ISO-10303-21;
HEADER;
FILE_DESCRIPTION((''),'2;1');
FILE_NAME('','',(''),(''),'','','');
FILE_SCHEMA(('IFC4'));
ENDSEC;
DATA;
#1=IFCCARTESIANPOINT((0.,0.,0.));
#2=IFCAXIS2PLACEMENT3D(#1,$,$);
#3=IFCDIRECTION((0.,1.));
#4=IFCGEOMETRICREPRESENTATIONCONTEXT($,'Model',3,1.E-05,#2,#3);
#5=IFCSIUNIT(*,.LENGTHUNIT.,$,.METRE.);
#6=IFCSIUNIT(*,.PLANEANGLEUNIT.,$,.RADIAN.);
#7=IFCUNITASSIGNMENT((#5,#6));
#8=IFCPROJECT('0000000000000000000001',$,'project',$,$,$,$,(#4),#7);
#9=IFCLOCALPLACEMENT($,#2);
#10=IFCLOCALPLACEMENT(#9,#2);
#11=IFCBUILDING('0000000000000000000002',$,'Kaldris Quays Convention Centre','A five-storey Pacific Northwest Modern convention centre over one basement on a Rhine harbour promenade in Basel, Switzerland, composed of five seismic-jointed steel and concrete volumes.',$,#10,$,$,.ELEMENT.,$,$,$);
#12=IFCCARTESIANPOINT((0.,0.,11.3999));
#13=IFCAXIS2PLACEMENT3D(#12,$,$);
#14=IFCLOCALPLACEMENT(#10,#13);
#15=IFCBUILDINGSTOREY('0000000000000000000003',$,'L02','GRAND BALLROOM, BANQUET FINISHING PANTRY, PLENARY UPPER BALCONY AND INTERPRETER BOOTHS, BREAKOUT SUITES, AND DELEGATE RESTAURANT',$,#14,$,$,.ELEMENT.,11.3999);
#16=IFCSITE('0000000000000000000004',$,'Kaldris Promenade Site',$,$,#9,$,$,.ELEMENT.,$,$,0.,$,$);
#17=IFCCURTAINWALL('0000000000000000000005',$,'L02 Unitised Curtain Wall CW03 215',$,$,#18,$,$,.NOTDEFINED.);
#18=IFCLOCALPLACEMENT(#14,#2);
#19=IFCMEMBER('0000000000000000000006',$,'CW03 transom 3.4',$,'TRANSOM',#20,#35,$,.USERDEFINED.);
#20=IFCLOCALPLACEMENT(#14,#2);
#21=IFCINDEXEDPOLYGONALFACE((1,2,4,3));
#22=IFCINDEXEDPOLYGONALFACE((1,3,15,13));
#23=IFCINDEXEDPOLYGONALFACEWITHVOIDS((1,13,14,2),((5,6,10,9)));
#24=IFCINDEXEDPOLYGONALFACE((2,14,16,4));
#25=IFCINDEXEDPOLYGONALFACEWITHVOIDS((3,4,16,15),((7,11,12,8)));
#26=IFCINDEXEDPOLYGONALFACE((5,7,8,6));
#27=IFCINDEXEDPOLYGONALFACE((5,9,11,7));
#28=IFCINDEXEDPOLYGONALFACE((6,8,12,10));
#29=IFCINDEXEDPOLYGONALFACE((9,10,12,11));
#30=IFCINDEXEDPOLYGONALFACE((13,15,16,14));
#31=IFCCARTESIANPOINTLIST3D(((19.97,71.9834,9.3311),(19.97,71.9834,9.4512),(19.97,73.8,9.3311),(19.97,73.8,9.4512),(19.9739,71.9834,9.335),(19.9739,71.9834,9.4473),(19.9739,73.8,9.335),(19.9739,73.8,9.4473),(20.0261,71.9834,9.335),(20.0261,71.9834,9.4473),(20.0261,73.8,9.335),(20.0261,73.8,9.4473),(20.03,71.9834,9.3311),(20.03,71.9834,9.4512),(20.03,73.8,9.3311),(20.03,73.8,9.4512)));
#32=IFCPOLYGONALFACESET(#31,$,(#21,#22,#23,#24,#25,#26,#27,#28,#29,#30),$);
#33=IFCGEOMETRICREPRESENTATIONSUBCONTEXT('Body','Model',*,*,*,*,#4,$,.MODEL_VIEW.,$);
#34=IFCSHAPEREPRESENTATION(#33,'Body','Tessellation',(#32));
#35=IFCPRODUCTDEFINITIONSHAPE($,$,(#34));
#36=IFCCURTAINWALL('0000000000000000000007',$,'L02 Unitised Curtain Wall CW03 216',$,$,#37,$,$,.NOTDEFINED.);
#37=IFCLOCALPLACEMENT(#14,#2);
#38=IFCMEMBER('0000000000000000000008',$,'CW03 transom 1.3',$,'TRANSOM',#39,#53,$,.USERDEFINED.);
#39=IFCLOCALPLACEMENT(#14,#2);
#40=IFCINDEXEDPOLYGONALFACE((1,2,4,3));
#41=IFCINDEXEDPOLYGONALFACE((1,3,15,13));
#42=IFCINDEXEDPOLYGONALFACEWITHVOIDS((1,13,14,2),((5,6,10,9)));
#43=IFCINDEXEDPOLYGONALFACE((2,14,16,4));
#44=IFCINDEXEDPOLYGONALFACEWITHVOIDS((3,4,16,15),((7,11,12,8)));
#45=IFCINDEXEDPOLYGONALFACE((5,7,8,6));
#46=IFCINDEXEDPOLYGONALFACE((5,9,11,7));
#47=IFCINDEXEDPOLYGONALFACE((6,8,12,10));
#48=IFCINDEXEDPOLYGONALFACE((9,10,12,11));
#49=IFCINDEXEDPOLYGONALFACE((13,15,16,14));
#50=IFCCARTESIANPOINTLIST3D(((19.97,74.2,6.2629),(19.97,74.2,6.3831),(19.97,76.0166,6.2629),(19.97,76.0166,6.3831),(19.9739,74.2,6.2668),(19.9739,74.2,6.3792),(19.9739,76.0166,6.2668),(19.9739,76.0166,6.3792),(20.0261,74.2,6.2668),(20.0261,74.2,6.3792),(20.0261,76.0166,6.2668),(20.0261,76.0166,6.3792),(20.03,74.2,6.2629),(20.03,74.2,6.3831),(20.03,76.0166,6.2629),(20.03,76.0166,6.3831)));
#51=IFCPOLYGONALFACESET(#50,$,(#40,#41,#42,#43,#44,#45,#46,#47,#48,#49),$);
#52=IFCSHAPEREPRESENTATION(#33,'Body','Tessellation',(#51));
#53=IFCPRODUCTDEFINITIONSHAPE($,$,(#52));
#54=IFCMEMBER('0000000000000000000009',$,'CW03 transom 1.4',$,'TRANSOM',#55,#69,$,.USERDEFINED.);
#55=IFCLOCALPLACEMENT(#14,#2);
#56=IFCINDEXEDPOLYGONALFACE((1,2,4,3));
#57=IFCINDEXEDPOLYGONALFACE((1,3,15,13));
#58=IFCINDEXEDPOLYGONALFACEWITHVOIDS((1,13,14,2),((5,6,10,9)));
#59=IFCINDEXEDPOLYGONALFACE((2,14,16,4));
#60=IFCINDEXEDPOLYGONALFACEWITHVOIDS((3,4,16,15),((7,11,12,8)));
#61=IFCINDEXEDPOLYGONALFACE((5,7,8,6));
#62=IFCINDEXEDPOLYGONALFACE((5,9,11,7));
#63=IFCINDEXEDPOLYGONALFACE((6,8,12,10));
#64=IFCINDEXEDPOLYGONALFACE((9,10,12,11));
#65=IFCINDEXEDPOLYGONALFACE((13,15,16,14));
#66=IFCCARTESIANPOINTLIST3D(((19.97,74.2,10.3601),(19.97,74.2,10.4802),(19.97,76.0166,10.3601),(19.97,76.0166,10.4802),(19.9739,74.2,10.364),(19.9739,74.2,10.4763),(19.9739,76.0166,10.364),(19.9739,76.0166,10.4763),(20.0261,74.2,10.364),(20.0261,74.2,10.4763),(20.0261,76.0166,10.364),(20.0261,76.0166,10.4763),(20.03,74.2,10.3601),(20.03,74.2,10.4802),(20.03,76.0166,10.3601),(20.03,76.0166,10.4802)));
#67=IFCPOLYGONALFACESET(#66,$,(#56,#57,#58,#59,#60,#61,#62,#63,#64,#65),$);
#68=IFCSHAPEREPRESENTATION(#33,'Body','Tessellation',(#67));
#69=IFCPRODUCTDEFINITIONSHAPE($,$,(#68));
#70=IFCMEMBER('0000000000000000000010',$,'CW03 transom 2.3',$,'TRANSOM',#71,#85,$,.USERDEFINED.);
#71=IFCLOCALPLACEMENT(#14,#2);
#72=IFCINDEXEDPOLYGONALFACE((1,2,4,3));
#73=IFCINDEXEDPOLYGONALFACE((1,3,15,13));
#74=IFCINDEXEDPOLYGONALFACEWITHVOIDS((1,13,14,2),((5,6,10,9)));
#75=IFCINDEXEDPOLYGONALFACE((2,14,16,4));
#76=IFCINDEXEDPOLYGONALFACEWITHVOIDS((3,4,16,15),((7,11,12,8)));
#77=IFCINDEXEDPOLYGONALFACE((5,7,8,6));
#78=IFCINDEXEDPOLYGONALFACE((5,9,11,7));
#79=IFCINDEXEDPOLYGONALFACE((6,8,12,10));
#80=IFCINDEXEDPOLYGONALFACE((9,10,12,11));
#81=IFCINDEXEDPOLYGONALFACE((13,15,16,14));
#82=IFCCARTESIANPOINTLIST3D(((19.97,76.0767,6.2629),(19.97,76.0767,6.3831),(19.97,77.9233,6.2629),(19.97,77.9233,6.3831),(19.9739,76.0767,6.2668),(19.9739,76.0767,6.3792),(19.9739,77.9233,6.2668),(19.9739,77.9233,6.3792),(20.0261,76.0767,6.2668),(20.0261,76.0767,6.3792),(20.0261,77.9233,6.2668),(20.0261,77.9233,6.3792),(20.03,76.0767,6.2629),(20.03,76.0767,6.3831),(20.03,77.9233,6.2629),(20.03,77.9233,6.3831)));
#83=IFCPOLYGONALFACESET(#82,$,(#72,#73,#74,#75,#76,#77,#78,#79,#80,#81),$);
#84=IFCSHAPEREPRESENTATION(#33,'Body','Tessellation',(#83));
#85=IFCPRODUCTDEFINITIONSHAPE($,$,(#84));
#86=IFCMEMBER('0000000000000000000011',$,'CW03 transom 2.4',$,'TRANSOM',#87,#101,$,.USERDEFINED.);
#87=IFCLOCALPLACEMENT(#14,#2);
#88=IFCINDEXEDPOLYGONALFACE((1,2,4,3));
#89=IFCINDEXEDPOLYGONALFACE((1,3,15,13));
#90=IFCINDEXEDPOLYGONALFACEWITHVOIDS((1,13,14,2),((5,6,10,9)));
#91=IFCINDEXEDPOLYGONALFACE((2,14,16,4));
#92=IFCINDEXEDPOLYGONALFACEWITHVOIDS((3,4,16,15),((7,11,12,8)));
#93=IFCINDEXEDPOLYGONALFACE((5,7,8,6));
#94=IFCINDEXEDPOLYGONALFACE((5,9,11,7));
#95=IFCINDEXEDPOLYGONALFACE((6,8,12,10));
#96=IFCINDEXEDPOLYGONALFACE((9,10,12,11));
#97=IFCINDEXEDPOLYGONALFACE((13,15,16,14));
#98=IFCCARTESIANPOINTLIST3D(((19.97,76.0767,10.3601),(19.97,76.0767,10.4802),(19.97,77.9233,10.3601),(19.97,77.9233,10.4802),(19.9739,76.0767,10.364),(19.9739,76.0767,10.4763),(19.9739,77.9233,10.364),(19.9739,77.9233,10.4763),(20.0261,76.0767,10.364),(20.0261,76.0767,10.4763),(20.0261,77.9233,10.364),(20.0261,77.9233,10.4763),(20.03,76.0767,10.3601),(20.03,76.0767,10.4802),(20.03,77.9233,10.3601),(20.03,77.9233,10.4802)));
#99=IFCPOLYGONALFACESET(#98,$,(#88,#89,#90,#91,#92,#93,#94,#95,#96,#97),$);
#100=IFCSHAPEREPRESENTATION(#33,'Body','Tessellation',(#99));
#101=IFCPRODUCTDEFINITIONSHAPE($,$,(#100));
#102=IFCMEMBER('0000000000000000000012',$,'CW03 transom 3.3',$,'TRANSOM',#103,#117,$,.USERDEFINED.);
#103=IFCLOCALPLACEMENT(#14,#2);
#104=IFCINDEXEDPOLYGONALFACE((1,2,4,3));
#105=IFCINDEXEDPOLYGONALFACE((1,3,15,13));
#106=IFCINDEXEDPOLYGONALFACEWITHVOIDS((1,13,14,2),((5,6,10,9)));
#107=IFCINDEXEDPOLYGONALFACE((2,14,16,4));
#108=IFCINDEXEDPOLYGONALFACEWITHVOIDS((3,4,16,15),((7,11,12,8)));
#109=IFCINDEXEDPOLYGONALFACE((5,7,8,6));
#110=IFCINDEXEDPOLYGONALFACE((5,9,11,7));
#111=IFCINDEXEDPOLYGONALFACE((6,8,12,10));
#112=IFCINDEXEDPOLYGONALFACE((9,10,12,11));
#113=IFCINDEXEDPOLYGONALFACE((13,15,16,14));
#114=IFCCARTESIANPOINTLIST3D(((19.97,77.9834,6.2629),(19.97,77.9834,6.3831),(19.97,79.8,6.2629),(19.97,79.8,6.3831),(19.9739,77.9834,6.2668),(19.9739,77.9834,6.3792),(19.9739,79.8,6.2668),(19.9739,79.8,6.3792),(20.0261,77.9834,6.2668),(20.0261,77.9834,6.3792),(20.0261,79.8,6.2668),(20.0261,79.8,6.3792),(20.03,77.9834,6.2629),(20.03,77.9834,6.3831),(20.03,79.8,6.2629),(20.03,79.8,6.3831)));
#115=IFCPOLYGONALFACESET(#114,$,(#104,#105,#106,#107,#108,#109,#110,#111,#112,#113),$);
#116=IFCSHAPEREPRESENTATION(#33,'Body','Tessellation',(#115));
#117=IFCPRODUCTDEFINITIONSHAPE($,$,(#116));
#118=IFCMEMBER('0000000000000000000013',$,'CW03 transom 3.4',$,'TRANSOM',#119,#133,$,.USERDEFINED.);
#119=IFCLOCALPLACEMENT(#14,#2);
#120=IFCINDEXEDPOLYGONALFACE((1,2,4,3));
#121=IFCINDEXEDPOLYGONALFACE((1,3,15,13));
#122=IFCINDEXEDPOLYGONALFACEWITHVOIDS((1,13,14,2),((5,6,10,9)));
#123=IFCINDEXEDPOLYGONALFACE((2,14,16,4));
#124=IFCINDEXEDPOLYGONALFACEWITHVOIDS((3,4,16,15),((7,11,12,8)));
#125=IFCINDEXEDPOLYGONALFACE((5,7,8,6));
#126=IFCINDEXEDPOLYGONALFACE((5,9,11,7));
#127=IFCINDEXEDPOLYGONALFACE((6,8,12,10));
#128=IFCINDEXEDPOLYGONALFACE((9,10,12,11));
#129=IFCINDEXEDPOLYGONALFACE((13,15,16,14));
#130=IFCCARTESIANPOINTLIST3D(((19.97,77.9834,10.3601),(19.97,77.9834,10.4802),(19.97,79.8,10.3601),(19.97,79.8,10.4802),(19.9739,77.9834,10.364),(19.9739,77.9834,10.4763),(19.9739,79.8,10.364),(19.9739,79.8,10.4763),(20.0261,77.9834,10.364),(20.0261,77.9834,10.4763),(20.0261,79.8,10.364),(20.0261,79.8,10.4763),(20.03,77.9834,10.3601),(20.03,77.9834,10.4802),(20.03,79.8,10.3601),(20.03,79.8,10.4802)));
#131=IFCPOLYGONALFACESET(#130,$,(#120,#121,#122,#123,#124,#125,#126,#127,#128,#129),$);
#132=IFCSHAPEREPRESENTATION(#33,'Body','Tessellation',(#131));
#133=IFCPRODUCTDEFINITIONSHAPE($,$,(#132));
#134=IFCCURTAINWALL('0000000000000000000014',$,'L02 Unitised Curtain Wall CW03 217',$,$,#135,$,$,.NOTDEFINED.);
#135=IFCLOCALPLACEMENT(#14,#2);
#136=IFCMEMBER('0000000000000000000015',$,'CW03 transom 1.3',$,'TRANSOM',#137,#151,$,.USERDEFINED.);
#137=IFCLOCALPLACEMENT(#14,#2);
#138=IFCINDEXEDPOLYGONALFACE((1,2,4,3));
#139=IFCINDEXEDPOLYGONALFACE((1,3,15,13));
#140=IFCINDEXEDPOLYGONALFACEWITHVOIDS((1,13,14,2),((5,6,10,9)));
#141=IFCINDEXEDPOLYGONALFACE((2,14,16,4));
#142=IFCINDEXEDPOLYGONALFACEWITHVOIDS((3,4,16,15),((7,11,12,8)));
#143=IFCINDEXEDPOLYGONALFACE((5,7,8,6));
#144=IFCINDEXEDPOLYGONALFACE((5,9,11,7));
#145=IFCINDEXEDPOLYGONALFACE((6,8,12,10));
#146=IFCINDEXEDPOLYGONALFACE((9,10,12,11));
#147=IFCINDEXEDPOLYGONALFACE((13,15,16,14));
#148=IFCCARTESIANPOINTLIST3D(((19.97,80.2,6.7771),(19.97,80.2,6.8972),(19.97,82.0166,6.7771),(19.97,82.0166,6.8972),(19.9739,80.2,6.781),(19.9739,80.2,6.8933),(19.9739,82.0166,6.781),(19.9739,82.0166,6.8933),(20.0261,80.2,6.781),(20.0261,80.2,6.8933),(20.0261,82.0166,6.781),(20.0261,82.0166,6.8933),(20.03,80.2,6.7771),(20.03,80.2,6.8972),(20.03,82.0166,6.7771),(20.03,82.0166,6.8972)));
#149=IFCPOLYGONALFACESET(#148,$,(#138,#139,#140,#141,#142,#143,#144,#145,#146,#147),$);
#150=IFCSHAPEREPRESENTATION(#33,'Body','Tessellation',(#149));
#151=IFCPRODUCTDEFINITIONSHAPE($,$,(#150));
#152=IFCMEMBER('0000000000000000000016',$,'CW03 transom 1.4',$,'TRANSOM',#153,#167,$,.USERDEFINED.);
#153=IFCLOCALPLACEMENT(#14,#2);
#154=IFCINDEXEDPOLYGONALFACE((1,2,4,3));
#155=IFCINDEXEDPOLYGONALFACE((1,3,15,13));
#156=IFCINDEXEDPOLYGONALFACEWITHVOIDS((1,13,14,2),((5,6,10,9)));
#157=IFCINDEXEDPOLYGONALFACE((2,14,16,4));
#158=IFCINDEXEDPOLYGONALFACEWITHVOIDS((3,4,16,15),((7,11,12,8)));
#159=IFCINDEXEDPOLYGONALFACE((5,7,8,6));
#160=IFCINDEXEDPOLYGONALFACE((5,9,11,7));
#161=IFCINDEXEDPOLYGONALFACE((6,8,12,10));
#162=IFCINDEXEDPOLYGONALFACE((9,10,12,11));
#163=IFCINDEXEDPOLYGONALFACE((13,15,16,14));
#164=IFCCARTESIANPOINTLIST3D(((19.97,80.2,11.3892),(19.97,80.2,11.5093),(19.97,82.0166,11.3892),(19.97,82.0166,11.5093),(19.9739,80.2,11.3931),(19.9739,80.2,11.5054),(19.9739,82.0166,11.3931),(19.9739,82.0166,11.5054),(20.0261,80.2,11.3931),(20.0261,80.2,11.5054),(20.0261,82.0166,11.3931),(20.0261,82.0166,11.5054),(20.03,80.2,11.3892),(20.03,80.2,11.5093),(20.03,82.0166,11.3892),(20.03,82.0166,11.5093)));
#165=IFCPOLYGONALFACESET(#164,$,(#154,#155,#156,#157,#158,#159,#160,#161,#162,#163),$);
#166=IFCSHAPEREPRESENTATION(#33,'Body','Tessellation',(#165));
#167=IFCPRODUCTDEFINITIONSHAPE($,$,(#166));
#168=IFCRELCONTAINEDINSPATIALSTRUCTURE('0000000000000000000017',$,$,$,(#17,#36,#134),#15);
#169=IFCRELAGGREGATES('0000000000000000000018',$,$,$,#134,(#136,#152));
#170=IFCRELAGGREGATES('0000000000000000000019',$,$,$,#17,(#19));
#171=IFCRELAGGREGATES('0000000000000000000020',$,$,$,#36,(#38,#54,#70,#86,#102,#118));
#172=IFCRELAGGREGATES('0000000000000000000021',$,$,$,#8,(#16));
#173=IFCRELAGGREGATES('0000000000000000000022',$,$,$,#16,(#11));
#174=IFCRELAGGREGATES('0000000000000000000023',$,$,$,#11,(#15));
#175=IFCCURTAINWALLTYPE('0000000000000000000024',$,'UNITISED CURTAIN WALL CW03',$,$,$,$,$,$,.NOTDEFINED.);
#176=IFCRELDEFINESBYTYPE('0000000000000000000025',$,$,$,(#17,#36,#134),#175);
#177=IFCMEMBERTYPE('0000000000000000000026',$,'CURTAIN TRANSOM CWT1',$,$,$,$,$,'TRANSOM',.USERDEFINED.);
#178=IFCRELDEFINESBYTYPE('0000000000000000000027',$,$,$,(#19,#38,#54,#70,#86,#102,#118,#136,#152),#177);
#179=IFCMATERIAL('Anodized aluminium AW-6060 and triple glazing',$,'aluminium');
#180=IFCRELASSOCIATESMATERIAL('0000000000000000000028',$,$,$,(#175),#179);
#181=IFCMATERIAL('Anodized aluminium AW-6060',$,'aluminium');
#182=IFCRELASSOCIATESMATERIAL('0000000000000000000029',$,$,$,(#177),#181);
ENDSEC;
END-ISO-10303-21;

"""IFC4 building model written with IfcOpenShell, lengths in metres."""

from ifc_helpers import new_model, si_unit, direction, frame, origin, origin_2d, place, context, subcontext, project, spatial, hollow_rectangle, extrude, material, material_profile, profile_set, type_object, element, aggregate, save


model = new_model("IFC4")

# Units and contexts
model_context = context("Model", 3, precision=1e-05, world=origin(), true_north=direction((0.0, 1.0)))
body_context = subcontext(model_context, "Body", "Model", "MODEL_VIEW")
ifc_project = project(units=[si_unit("LENGTHUNIT", "METRE"), si_unit("PLANEANGLEUNIT", "RADIAN")], contexts=[model_context])

# Site, building, storey
site_placement = place(None, origin())
site = spatial("IfcSite", under=ifc_project, at=site_placement, Name="Kaldris Promenade Site", CompositionType="ELEMENT", RefElevation=0.0)
building_placement = place(site_placement, origin())
building = spatial("IfcBuilding", under=site, at=building_placement, Name="Kaldris Quays Convention Centre", Description="A five-storey Pacific Northwest Modern convention centre over one basement on a Rhine harbour promenade in Basel, Switzerland, composed of five seismic-jointed steel and concrete volumes.", CompositionType="ELEMENT")
storey_placement = place(building_placement, frame((0.0, 0.0, 11.3999)))
storey = spatial("IfcBuildingStorey", under=building, at=storey_placement, Name="L02", Description="GRAND BALLROOM, BANQUET FINISHING PANTRY, PLENARY UPPER BALCONY AND INTERPRETER BOOTHS, BREAKOUT SUITES, AND DELEGATE RESTAURANT", CompositionType="ELEMENT", Elevation=11.3999)

# Curtain wall, member
ifc_material_1 = material(Name="Anodized aluminium AW-6060 and triple glazing", Category="aluminium")
curtain_wall_type = type_object("IfcCurtainWallType", Name="UNITISED CURTAIN WALL CW03", PredefinedType="NOTDEFINED", material=ifc_material_1)
curtain_wall_1_placement = place(storey_placement, origin())
curtain_wall_1 = element("IfcCurtainWall", 1, at=curtain_wall_1_placement, inside=storey, type_object=curtain_wall_type, Name="L02 Unitised Curtain Wall CW03 215", PredefinedType="NOTDEFINED")
ifc_material_2 = material(Name="Anodized aluminium AW-6060", Category="aluminium")
ifc_material_profile_1 = material_profile(ifc_material_2, hollow_rectangle(XDim=0.0601, YDim=0.1201, WallThickness=0.0039, at=origin_2d()), Name="RHS 120x60x4")
ifc_profile_set_1 = profile_set([ifc_material_profile_1], Name="Anodized aluminium AW-6060")
member_type_1 = type_object("IfcMemberType", Name="CURTAIN TRANSOM CWT1", ElementType="TRANSOM", PredefinedType="USERDEFINED", material=ifc_profile_set_1)
member_1_placement = place(storey_placement, frame((20.0, 71.9834, 9.3911), z_axis=(0.0, 1.0, 0.0), x_axis=(-1.0, 0.0, 0.0)))
member_1 = element("IfcMember", 2, at=member_1_placement, type_object=member_type_1, Name="CW03 transom 3.4", ObjectType="TRANSOM", PredefinedType="USERDEFINED", context=body_context, shape_type="SweptSolid", body=[
    extrude(hollow_rectangle(XDim=0.0601, YDim=0.1201, WallThickness=0.0039, at=origin_2d()), origin(), (0.0, 0.0, 1.0), 1.8167),
])

# Curtain walls, members
curtain_wall_2_placement = place(storey_placement, origin())
curtain_wall_2 = element("IfcCurtainWall", 3, at=curtain_wall_2_placement, inside=storey, type_object=curtain_wall_type, Name="L02 Unitised Curtain Wall CW03 216", PredefinedType="NOTDEFINED")
member_2_placement = place(storey_placement, frame((20.0, 74.2, 6.323), z_axis=(0.0, 1.0, 0.0), x_axis=(-1.0, 0.0, 0.0)))
member_2 = element("IfcMember", 4, at=member_2_placement, type_object=member_type_1, Name="CW03 transom 1.3", ObjectType="TRANSOM", PredefinedType="USERDEFINED", context=body_context, shape_type="SweptSolid", body=[
    extrude(hollow_rectangle(XDim=0.0601, YDim=0.1201, WallThickness=0.0039, at=origin_2d()), origin(), (0.0, 0.0, 1.0), 1.8167),
])
member_3_placement = place(storey_placement, frame((20.0, 74.2, 10.4202), z_axis=(0.0, 1.0, 0.0), x_axis=(-1.0, 0.0, 0.0)))
member_3 = element("IfcMember", 5, at=member_3_placement, type_object=member_type_1, Name="CW03 transom 1.4", ObjectType="TRANSOM", PredefinedType="USERDEFINED", context=body_context, shape_type="SweptSolid", body=[
    extrude(hollow_rectangle(XDim=0.0601, YDim=0.1201, WallThickness=0.0039, at=origin_2d()), origin(), (0.0, 0.0, 1.0), 1.8167),
])
member_4_placement = place(storey_placement, frame((20.0, 76.0767, 6.323), z_axis=(0.0, 1.0, 0.0), x_axis=(-1.0, 0.0, 0.0)))
member_4 = element("IfcMember", 6, at=member_4_placement, type_object=member_type_1, Name="CW03 transom 2.3", ObjectType="TRANSOM", PredefinedType="USERDEFINED", context=body_context, shape_type="SweptSolid", body=[
    extrude(hollow_rectangle(XDim=0.0601, YDim=0.1201, WallThickness=0.0039, at=origin_2d()), origin(), (0.0, 0.0, 1.0), 1.8467),
])
member_5_placement = place(storey_placement, frame((20.0, 76.0767, 10.4202), z_axis=(0.0, 1.0, 0.0), x_axis=(-1.0, 0.0, 0.0)))
member_5 = element("IfcMember", 7, at=member_5_placement, type_object=member_type_1, Name="CW03 transom 2.4", ObjectType="TRANSOM", PredefinedType="USERDEFINED", context=body_context, shape_type="SweptSolid", body=[
    extrude(hollow_rectangle(XDim=0.0601, YDim=0.1201, WallThickness=0.0039, at=origin_2d()), origin(), (0.0, 0.0, 1.0), 1.8467),
])
member_6_placement = place(storey_placement, frame((20.0, 77.9834, 6.323), z_axis=(0.0, 1.0, 0.0), x_axis=(-1.0, 0.0, 0.0)))
member_6 = element("IfcMember", 8, at=member_6_placement, type_object=member_type_1, Name="CW03 transom 3.3", ObjectType="TRANSOM", PredefinedType="USERDEFINED", context=body_context, shape_type="SweptSolid", body=[
    extrude(hollow_rectangle(XDim=0.0601, YDim=0.1201, WallThickness=0.0039, at=origin_2d()), origin(), (0.0, 0.0, 1.0), 1.8167),
])
member_7_placement = place(storey_placement, frame((20.0, 77.9834, 10.4202), z_axis=(0.0, 1.0, 0.0), x_axis=(-1.0, 0.0, 0.0)))
member_7 = element("IfcMember", 9, at=member_7_placement, type_object=member_type_1, Name="CW03 transom 3.4", ObjectType="TRANSOM", PredefinedType="USERDEFINED", context=body_context, shape_type="SweptSolid", body=[
    extrude(hollow_rectangle(XDim=0.0601, YDim=0.1201, WallThickness=0.0039, at=origin_2d()), origin(), (0.0, 0.0, 1.0), 1.8167),
])
curtain_wall_3_placement = place(storey_placement, origin())
curtain_wall_3 = element("IfcCurtainWall", 10, at=curtain_wall_3_placement, inside=storey, type_object=curtain_wall_type, Name="L02 Unitised Curtain Wall CW03 217", PredefinedType="NOTDEFINED")
member_8_placement = place(storey_placement, frame((20.0, 80.2, 6.8372), z_axis=(0.0, 1.0, 0.0), x_axis=(-1.0, 0.0, 0.0)))
member_8 = element("IfcMember", 11, at=member_8_placement, type_object=member_type_1, Name="CW03 transom 1.3", ObjectType="TRANSOM", PredefinedType="USERDEFINED", context=body_context, shape_type="SweptSolid", body=[
    extrude(hollow_rectangle(XDim=0.0601, YDim=0.1201, WallThickness=0.0039, at=origin_2d()), origin(), (0.0, 0.0, 1.0), 1.8167),
])
member_9_placement = place(storey_placement, frame((20.0, 80.2, 11.4492), z_axis=(0.0, 1.0, 0.0), x_axis=(-1.0, 0.0, 0.0)))
member_9 = element("IfcMember", 12, at=member_9_placement, type_object=member_type_1, Name="CW03 transom 1.4", ObjectType="TRANSOM", PredefinedType="USERDEFINED", context=body_context, shape_type="SweptSolid", body=[
    extrude(hollow_rectangle(XDim=0.0601, YDim=0.1201, WallThickness=0.0039, at=origin_2d()), origin(), (0.0, 0.0, 1.0), 1.8167),
])

aggregate(curtain_wall_3, [member_8, member_9])
aggregate(curtain_wall_1, [member_1])
aggregate(curtain_wall_2, [member_2, member_3, member_4, member_5, member_6, member_7])

save(model, "model.ifc")
